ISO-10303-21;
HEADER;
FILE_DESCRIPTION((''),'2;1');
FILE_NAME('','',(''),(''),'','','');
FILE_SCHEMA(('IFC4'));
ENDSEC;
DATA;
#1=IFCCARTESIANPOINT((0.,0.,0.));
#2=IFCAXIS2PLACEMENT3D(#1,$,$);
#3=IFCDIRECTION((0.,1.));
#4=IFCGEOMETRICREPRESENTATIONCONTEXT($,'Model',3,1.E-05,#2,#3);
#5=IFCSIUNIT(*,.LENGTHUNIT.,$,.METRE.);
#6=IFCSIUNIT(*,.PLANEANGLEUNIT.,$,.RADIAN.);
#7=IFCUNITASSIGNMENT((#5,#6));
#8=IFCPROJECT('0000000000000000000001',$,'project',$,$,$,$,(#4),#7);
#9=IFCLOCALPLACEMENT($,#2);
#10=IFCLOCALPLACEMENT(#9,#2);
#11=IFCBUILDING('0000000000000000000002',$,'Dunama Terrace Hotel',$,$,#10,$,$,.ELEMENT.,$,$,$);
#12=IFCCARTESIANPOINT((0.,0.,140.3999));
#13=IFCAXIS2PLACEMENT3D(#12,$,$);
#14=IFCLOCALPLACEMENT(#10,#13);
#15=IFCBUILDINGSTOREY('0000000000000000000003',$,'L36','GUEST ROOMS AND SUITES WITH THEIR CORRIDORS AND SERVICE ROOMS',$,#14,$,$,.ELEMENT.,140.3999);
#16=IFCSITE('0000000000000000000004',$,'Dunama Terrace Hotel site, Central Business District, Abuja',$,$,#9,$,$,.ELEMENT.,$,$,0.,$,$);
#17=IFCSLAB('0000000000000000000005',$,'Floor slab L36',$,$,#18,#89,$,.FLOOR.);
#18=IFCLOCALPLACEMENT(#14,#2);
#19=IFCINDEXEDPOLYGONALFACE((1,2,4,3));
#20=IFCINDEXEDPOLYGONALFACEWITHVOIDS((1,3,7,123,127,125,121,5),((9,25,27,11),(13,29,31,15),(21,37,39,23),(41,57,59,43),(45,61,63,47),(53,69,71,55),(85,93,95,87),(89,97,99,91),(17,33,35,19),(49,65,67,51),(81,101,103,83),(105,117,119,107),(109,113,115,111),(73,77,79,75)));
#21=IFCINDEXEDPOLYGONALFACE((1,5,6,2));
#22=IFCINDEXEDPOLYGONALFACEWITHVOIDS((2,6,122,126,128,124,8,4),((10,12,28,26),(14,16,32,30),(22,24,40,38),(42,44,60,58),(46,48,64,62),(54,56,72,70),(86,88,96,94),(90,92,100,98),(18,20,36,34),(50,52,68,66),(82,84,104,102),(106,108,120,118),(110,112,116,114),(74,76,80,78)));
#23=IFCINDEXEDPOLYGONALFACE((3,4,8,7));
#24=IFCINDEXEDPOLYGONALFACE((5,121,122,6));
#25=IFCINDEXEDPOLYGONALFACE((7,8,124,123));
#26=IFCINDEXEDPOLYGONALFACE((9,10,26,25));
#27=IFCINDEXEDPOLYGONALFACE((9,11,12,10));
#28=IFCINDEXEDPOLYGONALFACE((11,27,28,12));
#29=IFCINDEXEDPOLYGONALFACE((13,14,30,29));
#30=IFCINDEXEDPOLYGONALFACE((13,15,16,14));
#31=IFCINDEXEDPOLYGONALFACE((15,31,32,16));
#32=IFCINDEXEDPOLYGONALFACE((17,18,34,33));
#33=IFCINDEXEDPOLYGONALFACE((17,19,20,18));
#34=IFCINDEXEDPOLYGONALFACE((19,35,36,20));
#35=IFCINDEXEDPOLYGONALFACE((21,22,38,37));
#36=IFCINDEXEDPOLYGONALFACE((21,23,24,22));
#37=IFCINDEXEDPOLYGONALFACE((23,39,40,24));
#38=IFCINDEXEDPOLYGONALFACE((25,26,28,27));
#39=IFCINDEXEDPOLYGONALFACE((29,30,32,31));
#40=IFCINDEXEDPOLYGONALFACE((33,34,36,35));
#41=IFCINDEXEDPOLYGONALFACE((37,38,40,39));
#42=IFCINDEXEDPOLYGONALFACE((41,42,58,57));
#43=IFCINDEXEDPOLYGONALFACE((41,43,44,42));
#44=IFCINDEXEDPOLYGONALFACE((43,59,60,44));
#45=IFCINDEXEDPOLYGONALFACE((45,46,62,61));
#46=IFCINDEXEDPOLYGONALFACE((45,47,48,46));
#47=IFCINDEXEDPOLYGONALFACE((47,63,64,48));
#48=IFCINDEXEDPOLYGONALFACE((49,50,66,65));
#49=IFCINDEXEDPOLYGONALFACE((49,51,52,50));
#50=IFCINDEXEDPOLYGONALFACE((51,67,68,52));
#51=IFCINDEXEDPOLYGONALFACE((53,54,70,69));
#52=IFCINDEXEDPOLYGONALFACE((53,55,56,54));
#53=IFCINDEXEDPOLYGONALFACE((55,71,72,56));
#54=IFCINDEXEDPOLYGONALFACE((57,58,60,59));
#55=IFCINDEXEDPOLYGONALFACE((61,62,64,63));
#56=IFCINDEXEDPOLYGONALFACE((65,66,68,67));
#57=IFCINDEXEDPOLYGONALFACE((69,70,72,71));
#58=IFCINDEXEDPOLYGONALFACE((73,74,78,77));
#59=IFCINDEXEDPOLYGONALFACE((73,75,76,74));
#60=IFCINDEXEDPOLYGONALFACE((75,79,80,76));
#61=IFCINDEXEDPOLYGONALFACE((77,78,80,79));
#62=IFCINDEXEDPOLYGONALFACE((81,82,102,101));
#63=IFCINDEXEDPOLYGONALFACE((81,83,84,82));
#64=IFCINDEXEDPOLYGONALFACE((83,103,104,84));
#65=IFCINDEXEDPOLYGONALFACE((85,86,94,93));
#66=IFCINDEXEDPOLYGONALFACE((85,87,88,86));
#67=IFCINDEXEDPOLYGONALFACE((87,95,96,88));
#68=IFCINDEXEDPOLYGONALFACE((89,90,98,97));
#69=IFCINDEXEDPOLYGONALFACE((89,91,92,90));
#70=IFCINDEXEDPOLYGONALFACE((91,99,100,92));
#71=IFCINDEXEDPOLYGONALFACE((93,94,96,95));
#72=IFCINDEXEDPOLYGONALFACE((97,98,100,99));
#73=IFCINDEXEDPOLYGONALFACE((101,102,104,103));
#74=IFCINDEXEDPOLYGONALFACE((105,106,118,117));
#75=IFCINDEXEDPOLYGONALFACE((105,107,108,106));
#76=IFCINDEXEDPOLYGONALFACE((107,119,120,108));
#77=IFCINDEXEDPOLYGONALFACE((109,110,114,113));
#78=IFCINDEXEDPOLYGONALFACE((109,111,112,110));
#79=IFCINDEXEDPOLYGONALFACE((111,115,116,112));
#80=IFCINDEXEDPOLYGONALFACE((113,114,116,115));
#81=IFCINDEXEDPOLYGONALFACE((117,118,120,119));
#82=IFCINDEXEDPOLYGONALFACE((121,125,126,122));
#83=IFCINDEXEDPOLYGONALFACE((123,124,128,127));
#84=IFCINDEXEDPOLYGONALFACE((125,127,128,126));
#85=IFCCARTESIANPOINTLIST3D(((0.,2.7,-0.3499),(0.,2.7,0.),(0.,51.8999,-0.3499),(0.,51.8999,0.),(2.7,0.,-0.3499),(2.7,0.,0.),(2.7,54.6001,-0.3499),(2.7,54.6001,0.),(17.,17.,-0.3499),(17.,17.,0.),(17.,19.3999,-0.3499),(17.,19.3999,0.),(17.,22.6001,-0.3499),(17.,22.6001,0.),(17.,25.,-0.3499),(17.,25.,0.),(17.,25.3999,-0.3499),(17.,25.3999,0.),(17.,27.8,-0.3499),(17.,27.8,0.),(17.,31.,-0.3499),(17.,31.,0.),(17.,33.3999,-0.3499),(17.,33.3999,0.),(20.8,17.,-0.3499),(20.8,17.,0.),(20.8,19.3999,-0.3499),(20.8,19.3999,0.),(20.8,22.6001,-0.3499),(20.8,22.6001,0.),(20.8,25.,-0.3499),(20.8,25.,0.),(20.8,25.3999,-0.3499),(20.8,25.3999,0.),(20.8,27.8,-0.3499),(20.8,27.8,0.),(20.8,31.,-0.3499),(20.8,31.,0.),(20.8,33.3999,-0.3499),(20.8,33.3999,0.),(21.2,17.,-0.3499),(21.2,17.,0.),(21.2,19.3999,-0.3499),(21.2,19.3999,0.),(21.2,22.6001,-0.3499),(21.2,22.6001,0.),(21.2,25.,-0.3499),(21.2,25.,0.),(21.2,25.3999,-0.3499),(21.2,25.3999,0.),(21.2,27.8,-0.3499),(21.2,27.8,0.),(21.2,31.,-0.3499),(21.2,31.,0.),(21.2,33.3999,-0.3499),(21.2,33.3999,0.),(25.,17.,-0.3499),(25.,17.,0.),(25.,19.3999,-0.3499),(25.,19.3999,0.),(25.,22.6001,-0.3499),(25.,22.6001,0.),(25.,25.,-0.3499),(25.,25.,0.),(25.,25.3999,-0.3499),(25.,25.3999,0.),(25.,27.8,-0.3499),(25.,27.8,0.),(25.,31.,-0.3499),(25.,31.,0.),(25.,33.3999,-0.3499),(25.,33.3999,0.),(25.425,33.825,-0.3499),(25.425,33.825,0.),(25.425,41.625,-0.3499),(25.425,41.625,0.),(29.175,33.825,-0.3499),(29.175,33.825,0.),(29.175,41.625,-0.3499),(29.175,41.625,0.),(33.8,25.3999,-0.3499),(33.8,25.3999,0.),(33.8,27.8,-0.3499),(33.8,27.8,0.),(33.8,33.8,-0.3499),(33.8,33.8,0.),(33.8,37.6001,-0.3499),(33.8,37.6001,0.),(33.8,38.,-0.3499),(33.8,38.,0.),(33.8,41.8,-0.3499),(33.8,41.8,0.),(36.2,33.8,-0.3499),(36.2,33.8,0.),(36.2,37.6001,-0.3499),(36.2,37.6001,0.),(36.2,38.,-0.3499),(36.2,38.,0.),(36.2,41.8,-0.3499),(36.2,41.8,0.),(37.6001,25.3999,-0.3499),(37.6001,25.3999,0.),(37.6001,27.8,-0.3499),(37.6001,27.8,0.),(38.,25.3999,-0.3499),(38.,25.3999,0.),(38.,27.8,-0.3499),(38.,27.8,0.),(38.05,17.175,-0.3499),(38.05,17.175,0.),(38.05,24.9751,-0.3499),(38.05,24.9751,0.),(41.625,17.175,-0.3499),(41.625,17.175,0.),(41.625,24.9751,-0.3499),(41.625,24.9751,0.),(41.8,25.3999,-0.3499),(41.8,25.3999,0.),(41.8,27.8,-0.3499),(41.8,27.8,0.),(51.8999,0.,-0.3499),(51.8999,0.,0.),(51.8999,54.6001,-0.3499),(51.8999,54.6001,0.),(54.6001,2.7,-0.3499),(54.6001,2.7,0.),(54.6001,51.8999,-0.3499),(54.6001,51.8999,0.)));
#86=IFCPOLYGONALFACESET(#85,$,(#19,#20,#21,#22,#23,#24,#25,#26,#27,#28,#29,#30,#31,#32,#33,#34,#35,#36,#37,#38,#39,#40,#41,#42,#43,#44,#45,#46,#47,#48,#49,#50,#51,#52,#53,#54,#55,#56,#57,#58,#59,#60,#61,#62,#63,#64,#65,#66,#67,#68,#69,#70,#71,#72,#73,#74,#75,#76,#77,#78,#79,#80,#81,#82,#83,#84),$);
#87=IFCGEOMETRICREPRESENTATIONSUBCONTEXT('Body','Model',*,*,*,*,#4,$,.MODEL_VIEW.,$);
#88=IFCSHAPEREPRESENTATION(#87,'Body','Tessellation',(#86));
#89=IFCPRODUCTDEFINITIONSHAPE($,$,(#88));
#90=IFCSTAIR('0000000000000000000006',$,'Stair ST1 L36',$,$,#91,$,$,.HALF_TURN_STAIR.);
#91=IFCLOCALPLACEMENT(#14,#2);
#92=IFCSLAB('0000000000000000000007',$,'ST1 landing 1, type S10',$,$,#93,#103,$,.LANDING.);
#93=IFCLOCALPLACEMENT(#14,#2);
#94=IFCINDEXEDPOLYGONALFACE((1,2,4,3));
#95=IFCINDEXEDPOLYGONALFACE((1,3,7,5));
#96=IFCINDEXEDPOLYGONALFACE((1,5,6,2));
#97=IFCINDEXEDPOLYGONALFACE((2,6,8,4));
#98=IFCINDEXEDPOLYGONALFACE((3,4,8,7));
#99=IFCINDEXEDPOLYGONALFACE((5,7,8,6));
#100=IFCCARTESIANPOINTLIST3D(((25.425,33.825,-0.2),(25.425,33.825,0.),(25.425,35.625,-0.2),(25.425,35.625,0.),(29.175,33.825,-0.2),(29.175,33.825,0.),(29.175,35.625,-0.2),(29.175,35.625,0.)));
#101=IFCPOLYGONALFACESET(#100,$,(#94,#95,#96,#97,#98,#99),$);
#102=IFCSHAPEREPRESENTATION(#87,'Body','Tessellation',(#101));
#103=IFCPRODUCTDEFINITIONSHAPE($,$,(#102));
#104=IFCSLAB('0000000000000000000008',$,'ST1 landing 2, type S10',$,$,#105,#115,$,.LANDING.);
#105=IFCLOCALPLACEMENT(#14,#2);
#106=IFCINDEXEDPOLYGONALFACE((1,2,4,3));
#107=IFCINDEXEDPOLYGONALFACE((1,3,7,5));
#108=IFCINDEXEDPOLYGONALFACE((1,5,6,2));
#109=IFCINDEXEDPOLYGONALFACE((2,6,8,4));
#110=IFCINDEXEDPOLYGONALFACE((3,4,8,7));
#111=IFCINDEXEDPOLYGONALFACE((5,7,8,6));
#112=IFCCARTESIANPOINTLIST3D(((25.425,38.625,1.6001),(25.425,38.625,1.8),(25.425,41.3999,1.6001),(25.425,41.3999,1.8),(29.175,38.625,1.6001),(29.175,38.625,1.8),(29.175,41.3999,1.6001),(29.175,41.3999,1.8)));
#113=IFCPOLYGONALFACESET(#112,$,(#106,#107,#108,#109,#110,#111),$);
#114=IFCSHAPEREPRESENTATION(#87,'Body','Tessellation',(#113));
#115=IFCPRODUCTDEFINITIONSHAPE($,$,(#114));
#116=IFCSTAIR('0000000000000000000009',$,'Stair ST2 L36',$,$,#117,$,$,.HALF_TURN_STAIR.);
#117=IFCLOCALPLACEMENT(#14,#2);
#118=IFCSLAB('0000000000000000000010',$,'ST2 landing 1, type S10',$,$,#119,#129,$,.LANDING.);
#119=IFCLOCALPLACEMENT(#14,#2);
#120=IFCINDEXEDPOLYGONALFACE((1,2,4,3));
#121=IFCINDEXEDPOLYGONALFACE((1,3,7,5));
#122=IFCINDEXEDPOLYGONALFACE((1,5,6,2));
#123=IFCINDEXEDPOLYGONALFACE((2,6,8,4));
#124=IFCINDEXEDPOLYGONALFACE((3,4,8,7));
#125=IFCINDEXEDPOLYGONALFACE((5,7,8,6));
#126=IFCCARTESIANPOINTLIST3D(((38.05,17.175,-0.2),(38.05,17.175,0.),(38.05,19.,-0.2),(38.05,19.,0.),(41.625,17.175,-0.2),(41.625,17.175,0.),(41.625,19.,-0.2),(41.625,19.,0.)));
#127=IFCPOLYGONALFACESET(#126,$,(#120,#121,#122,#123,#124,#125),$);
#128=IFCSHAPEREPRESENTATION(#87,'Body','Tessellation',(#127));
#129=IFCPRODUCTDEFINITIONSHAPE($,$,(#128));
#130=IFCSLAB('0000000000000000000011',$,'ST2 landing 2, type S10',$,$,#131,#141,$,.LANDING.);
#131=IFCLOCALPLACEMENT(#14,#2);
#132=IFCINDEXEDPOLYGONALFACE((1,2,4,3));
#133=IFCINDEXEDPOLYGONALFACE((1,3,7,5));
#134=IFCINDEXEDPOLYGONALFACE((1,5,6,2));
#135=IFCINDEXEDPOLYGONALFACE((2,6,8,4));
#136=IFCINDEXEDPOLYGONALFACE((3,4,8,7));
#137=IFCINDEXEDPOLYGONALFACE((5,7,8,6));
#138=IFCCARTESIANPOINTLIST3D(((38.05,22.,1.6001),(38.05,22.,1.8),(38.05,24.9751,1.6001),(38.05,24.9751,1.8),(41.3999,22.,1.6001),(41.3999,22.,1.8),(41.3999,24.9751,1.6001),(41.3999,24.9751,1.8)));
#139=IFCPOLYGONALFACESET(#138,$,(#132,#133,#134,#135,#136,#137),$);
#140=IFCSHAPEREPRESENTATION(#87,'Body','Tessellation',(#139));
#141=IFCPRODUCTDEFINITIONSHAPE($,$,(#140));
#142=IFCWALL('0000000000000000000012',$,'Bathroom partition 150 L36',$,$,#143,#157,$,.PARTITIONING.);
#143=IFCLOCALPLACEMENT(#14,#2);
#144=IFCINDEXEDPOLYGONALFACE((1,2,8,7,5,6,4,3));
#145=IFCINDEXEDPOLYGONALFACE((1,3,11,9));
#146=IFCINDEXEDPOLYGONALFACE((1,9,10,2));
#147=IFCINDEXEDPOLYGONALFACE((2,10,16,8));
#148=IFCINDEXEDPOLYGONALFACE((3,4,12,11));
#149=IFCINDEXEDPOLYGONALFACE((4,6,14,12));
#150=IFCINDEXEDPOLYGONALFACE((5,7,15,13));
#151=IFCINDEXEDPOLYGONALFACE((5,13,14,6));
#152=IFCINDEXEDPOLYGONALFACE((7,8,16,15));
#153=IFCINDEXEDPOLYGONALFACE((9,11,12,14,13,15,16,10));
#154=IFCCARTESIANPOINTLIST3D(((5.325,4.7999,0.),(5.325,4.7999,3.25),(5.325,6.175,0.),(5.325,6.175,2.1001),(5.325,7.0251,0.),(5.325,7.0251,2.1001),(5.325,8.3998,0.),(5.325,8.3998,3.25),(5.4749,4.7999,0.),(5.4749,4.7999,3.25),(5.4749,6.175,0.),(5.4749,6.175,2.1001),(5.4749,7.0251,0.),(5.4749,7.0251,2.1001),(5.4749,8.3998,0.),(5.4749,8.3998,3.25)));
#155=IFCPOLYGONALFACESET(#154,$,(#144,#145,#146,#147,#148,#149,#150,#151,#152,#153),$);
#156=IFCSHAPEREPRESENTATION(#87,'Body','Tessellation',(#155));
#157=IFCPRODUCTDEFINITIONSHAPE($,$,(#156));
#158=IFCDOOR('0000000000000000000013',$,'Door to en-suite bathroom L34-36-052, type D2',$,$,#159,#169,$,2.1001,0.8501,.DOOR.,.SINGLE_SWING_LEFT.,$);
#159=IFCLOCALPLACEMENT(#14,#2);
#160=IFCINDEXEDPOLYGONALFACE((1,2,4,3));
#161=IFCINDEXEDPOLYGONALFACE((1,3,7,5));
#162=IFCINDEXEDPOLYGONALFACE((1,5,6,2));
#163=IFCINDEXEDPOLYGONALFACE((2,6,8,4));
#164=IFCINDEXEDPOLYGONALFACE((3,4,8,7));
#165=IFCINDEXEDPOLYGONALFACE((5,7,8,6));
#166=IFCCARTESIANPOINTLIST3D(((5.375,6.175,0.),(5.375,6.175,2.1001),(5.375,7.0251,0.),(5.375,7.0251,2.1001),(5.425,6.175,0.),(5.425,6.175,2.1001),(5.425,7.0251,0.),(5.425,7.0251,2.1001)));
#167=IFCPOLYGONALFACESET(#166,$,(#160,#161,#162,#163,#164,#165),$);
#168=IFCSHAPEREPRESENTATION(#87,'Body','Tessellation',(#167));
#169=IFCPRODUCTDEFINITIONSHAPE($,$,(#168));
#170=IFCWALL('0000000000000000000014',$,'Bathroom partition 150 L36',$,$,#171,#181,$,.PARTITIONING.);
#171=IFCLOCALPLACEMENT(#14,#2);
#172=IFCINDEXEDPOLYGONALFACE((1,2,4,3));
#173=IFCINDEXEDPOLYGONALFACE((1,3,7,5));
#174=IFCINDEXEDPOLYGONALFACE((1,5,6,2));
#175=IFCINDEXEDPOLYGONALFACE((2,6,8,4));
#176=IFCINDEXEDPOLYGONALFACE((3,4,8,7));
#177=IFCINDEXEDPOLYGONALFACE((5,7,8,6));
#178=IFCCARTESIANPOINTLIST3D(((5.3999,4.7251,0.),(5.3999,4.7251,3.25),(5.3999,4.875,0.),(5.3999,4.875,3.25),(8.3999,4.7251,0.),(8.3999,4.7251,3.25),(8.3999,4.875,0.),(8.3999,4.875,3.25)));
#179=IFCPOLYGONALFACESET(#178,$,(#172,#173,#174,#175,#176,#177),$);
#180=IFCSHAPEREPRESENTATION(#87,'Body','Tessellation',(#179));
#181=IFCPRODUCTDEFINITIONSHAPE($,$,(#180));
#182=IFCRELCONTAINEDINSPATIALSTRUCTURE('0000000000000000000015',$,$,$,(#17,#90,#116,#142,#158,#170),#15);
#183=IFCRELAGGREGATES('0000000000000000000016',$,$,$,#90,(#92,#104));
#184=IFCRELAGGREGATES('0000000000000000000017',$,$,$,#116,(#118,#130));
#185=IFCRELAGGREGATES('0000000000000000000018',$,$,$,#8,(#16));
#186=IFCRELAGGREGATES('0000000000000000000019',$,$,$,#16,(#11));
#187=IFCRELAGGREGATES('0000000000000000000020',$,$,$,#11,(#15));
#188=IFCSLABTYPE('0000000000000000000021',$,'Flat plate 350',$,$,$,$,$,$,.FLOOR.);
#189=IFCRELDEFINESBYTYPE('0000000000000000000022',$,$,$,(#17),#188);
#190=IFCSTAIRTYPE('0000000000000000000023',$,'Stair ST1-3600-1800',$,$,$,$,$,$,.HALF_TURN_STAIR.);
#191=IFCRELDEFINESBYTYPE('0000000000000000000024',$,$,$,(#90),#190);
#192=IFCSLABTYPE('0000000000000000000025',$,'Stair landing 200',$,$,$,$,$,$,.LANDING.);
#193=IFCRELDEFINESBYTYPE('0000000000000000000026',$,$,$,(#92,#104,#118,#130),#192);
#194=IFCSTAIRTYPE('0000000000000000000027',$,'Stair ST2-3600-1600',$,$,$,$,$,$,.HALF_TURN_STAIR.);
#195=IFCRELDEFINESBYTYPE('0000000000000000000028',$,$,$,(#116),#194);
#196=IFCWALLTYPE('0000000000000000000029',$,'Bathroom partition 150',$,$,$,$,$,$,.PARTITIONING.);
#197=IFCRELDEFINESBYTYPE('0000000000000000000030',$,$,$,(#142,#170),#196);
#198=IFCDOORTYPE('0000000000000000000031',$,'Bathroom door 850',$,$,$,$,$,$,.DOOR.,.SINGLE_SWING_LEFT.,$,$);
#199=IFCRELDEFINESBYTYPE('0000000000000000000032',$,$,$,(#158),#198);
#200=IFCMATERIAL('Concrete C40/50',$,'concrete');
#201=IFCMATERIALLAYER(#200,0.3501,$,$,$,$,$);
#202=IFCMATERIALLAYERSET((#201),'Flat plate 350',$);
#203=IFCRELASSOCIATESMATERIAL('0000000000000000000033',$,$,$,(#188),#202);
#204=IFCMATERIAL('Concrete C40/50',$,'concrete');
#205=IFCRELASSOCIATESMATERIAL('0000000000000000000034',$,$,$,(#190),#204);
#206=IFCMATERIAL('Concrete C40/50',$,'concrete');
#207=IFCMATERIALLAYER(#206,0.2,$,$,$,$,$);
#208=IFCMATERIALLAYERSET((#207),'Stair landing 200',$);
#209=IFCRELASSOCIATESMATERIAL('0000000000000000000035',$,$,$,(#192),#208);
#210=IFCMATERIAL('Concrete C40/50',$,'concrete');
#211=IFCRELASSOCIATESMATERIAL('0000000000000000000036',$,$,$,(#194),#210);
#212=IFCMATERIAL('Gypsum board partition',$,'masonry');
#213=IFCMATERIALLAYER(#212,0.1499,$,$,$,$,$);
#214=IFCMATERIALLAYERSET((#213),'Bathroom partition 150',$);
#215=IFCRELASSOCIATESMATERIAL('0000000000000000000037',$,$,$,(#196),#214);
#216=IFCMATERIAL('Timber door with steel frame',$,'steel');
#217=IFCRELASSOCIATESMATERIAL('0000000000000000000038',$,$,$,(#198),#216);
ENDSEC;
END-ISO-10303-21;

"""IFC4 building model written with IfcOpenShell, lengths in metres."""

from ifc_helpers import new_model, si_unit, direction, frame, frame_2d, origin, place, context, subcontext, project, spatial, polyline, rectangle, outline, extrude, material, layer, layer_set, type_object, element, fill, aggregate, save


model = new_model("IFC4")

# Units and contexts
model_context = context("Model", 3, precision=1e-05, world=origin(), true_north=direction((0.0, 1.0)))
body_context = subcontext(model_context, "Body", "Model", "MODEL_VIEW")
ifc_project = project(units=[si_unit("LENGTHUNIT", "METRE"), si_unit("PLANEANGLEUNIT", "RADIAN")], contexts=[model_context])

# Site, building, storey
site_placement = place(None, origin())
site = spatial("IfcSite", under=ifc_project, at=site_placement, Name="Dunama Terrace Hotel site, Central Business District, Abuja", CompositionType="ELEMENT", RefElevation=0.0)
building_placement = place(site_placement, origin())
building = spatial("IfcBuilding", under=site, at=building_placement, Name="Dunama Terrace Hotel", CompositionType="ELEMENT")
storey_placement = place(building_placement, frame((0.0, 0.0, 140.3999)))
storey = spatial("IfcBuildingStorey", under=building, at=storey_placement, Name="L36", Description="GUEST ROOMS AND SUITES WITH THEIR CORRIDORS AND SERVICE ROOMS", CompositionType="ELEMENT", Elevation=140.3999)

# Slab
ifc_material_1 = material(Name="Concrete C40/50", Category="concrete")
ifc_layer_1 = layer(ifc_material_1, 0.3501)
ifc_layer_set_1 = layer_set([ifc_layer_1], Name="Flat plate 350")
slab_type_1 = type_object("IfcSlabType", Name="Flat plate 350", PredefinedType="FLOOR", material=ifc_layer_set_1)
slab_1_placement = place(storey_placement, frame((0.0, 0.0, -0.3499)))
element("IfcSlab", 1, at=slab_1_placement, inside=storey, type_object=slab_type_1, Name="Floor slab L36", PredefinedType="FLOOR", context=body_context, shape_type="SweptSolid", body=[
    extrude(outline(polyline([(2.7, 0.0), (51.8999, 0.0), (54.6001, 2.7), (54.6001, 51.8999), (51.8999, 54.6001), (2.7, 54.6001), (0.0, 51.8999), (0.0, 2.7), (2.7, 0.0)]), holes=[polyline([(37.6001, 25.3999), (37.6001, 27.8), (33.8, 27.8), (33.8, 25.3999), (37.6001, 25.3999)]), polyline([(41.8, 25.3999), (41.8, 27.8), (38.0, 27.8), (38.0, 25.3999), (41.8, 25.3999)]), polyline([(20.8, 17.0), (20.8, 19.3999), (17.0, 19.3999), (17.0, 17.0), (20.8, 17.0)]), polyline([(25.0, 17.0), (25.0, 19.3999), (21.2, 19.3999), (21.2, 17.0), (25.0, 17.0)]), polyline([(20.8, 22.6001), (20.8, 25.0), (17.0, 25.0), (17.0, 22.6001), (20.8, 22.6001)]), polyline([(25.0, 22.6001), (25.0, 25.0), (21.2, 25.0), (21.2, 22.6001), (25.0, 22.6001)]), polyline([(20.8, 25.3999), (20.8, 27.8), (17.0, 27.8), (17.0, 25.3999), (20.8, 25.3999)]), polyline([(25.0, 25.3999), (25.0, 27.8), (21.2, 27.8), (21.2, 25.3999), (25.0, 25.3999)]), polyline([(20.8, 31.0), (20.8, 33.3999), (17.0, 33.3999), (17.0, 31.0), (20.8, 31.0)]), polyline([(25.0, 31.0), (25.0, 33.3999), (21.2, 33.3999), (21.2, 31.0), (25.0, 31.0)]), polyline([(36.2, 38.0), (36.2, 41.8), (33.8, 41.8), (33.8, 38.0), (36.2, 38.0)]), polyline([(36.2, 33.8), (36.2, 37.6001), (33.8, 37.6001), (33.8, 33.8), (36.2, 33.8)]), polyline([(29.175, 33.825), (29.175, 41.625), (25.425, 41.625), (25.425, 33.825), (29.175, 33.825)]), polyline([(41.625, 17.175), (41.625, 24.9751), (38.05, 24.9751), (38.05, 17.175), (41.625, 17.175)])]), origin(), (0.0, 0.0, 1.0), 0.3499),
])

# Stairs, slabs
ifc_material_2 = material(Name="Concrete C40/50", Category="concrete")
stair_type_1 = type_object("IfcStairType", Name="Stair ST1-3600-1800", PredefinedType="HALF_TURN_STAIR", material=ifc_material_2)
stair_1_placement = place(storey_placement, origin())
stair_1 = element("IfcStair", 2, at=stair_1_placement, inside=storey, type_object=stair_type_1, Name="Stair ST1 L36", PredefinedType="HALF_TURN_STAIR")
ifc_material_3 = material(Name="Concrete C40/50", Category="concrete")
ifc_layer_2 = layer(ifc_material_3, 0.2)
ifc_layer_set_2 = layer_set([ifc_layer_2], Name="Stair landing 200")
slab_type_2 = type_object("IfcSlabType", Name="Stair landing 200", PredefinedType="LANDING", material=ifc_layer_set_2)
slab_2_placement = place(storey_placement, frame((0.0, 0.0, -0.2)))
slab_2 = element("IfcSlab", 3, at=slab_2_placement, type_object=slab_type_2, Name="ST1 landing 1, type S10", PredefinedType="LANDING", context=body_context, shape_type="SweptSolid", body=[
    extrude(outline(polyline([(25.425, 33.825), (29.175, 33.825), (29.175, 35.625), (25.425, 35.625), (25.425, 33.825)])), origin(), (0.0, 0.0, 1.0), 0.2),
])
slab_3_placement = place(storey_placement, frame((0.0, 0.0, 1.6001)))
slab_3 = element("IfcSlab", 4, at=slab_3_placement, type_object=slab_type_2, Name="ST1 landing 2, type S10", PredefinedType="LANDING", context=body_context, shape_type="SweptSolid", body=[
    extrude(outline(polyline([(25.425, 38.625), (29.175, 38.625), (29.175, 41.3999), (25.425, 41.3999), (25.425, 38.625)])), origin(), (0.0, 0.0, 1.0), 0.2),
])
aggregate(stair_1, [slab_2, slab_3])
ifc_material_4 = material(Name="Concrete C40/50", Category="concrete")
stair_type_2 = type_object("IfcStairType", Name="Stair ST2-3600-1600", PredefinedType="HALF_TURN_STAIR", material=ifc_material_4)
stair_2_placement = place(storey_placement, origin())
stair_2 = element("IfcStair", 5, at=stair_2_placement, inside=storey, type_object=stair_type_2, Name="Stair ST2 L36", PredefinedType="HALF_TURN_STAIR")
slab_4_placement = place(storey_placement, frame((0.0, 0.0, -0.2)))
slab_4 = element("IfcSlab", 6, at=slab_4_placement, type_object=slab_type_2, Name="ST2 landing 1, type S10", PredefinedType="LANDING", context=body_context, shape_type="SweptSolid", body=[
    extrude(outline(polyline([(38.05, 17.175), (41.625, 17.175), (41.625, 19.0), (38.05, 19.0), (38.05, 17.175)])), origin(), (0.0, 0.0, 1.0), 0.2),
])
slab_5_placement = place(storey_placement, frame((0.0, 0.0, 1.6001)))
slab_5 = element("IfcSlab", 7, at=slab_5_placement, type_object=slab_type_2, Name="ST2 landing 2, type S10", PredefinedType="LANDING", context=body_context, shape_type="SweptSolid", body=[
    extrude(outline(polyline([(38.05, 22.0), (41.3999, 22.0), (41.3999, 24.9751), (38.05, 24.9751), (38.05, 22.0)])), origin(), (0.0, 0.0, 1.0), 0.2),
])
aggregate(stair_2, [slab_4, slab_5])

# Wall, opening, door
ifc_material_5 = material(Name="Gypsum board partition", Category="masonry")
ifc_layer_3 = layer(ifc_material_5, 0.1499)
ifc_layer_set_3 = layer_set([ifc_layer_3], Name="Bathroom partition 150")
wall_type_1 = type_object("IfcWallType", Name="Bathroom partition 150", PredefinedType="PARTITIONING", material=ifc_layer_set_3)
wall_1_placement = place(storey_placement, frame((5.3999, 4.8, 0.0), z_axis=(0.0, 0.0, 1.0), x_axis=(0.0, 1.0, 0.0)))
wall_1 = element("IfcWall", 8, at=wall_1_placement, inside=storey, type_object=wall_type_1, Name="Bathroom partition 150 L36", PredefinedType="PARTITIONING", context=body_context, shape_type="SweptSolid", body=[
    extrude(rectangle(XDim=3.5999, YDim=0.1499, at=frame_2d((1.7998, 0.0))), origin(), (0.0, 0.0, 1.0), 3.25),
])
opening_1_placement = place(wall_1_placement, frame((1.375, 0.0, 0.0)))
opening_1 = element("IfcOpeningElement", 9, at=opening_1_placement, cuts=wall_1, PredefinedType="OPENING", context=body_context, shape_type="SweptSolid", body=[
    extrude(rectangle(XDim=0.8501, YDim=2.1001, at=frame_2d((0.425, 1.05))), frame((0.0, 0.085, 0.0), z_axis=(0.0, -1.0, 0.0), x_axis=(1.0, 0.0, 0.0)), (0.0, 0.0, 1.0), 0.1699),
])
ifc_material_6 = material(Name="Timber door with steel frame", Category="steel")
door_type_1 = type_object("IfcDoorType", Name="Bathroom door 850", OperationType="SINGLE_SWING_LEFT", PredefinedType="DOOR", material=ifc_material_6)
door_1_placement = place(opening_1_placement, frame((0.8501, 0.0, 0.0), z_axis=(0.0, 0.0, 1.0), x_axis=(-1.0, 0.0, 0.0)))
door_1 = element("IfcDoor", 10, at=door_1_placement, inside=storey, type_object=door_type_1, Name="Door to en-suite bathroom L34-36-052, type D2", OperationType="SINGLE_SWING_LEFT", OverallHeight=2.1001, OverallWidth=0.8501, PredefinedType="DOOR", context=body_context, shape_type="SweptSolid", body=[
    extrude(rectangle(XDim=0.8501, YDim=2.1001, at=frame_2d((0.425, 1.05))), frame((0.0, 0.0251, 0.0), z_axis=(0.0, -1.0, 0.0), x_axis=(1.0, 0.0, 0.0)), (0.0, 0.0, 1.0), 0.05),
])
fill(opening_1, door_1)

# Wall
wall_2_placement = place(storey_placement, frame((5.3999, 4.8, 0.0), z_axis=(0.0, 0.0, 1.0), x_axis=(1.0, 0.0, 0.0)))
element("IfcWall", 11, at=wall_2_placement, inside=storey, type_object=wall_type_1, Name="Bathroom partition 150 L36", PredefinedType="PARTITIONING", context=body_context, shape_type="SweptSolid", body=[
    extrude(rectangle(XDim=3.0, YDim=0.1499, at=frame_2d((1.5, 0.0))), origin(), (0.0, 0.0, 1.0), 3.25),
])

save(model, "model.ifc")
